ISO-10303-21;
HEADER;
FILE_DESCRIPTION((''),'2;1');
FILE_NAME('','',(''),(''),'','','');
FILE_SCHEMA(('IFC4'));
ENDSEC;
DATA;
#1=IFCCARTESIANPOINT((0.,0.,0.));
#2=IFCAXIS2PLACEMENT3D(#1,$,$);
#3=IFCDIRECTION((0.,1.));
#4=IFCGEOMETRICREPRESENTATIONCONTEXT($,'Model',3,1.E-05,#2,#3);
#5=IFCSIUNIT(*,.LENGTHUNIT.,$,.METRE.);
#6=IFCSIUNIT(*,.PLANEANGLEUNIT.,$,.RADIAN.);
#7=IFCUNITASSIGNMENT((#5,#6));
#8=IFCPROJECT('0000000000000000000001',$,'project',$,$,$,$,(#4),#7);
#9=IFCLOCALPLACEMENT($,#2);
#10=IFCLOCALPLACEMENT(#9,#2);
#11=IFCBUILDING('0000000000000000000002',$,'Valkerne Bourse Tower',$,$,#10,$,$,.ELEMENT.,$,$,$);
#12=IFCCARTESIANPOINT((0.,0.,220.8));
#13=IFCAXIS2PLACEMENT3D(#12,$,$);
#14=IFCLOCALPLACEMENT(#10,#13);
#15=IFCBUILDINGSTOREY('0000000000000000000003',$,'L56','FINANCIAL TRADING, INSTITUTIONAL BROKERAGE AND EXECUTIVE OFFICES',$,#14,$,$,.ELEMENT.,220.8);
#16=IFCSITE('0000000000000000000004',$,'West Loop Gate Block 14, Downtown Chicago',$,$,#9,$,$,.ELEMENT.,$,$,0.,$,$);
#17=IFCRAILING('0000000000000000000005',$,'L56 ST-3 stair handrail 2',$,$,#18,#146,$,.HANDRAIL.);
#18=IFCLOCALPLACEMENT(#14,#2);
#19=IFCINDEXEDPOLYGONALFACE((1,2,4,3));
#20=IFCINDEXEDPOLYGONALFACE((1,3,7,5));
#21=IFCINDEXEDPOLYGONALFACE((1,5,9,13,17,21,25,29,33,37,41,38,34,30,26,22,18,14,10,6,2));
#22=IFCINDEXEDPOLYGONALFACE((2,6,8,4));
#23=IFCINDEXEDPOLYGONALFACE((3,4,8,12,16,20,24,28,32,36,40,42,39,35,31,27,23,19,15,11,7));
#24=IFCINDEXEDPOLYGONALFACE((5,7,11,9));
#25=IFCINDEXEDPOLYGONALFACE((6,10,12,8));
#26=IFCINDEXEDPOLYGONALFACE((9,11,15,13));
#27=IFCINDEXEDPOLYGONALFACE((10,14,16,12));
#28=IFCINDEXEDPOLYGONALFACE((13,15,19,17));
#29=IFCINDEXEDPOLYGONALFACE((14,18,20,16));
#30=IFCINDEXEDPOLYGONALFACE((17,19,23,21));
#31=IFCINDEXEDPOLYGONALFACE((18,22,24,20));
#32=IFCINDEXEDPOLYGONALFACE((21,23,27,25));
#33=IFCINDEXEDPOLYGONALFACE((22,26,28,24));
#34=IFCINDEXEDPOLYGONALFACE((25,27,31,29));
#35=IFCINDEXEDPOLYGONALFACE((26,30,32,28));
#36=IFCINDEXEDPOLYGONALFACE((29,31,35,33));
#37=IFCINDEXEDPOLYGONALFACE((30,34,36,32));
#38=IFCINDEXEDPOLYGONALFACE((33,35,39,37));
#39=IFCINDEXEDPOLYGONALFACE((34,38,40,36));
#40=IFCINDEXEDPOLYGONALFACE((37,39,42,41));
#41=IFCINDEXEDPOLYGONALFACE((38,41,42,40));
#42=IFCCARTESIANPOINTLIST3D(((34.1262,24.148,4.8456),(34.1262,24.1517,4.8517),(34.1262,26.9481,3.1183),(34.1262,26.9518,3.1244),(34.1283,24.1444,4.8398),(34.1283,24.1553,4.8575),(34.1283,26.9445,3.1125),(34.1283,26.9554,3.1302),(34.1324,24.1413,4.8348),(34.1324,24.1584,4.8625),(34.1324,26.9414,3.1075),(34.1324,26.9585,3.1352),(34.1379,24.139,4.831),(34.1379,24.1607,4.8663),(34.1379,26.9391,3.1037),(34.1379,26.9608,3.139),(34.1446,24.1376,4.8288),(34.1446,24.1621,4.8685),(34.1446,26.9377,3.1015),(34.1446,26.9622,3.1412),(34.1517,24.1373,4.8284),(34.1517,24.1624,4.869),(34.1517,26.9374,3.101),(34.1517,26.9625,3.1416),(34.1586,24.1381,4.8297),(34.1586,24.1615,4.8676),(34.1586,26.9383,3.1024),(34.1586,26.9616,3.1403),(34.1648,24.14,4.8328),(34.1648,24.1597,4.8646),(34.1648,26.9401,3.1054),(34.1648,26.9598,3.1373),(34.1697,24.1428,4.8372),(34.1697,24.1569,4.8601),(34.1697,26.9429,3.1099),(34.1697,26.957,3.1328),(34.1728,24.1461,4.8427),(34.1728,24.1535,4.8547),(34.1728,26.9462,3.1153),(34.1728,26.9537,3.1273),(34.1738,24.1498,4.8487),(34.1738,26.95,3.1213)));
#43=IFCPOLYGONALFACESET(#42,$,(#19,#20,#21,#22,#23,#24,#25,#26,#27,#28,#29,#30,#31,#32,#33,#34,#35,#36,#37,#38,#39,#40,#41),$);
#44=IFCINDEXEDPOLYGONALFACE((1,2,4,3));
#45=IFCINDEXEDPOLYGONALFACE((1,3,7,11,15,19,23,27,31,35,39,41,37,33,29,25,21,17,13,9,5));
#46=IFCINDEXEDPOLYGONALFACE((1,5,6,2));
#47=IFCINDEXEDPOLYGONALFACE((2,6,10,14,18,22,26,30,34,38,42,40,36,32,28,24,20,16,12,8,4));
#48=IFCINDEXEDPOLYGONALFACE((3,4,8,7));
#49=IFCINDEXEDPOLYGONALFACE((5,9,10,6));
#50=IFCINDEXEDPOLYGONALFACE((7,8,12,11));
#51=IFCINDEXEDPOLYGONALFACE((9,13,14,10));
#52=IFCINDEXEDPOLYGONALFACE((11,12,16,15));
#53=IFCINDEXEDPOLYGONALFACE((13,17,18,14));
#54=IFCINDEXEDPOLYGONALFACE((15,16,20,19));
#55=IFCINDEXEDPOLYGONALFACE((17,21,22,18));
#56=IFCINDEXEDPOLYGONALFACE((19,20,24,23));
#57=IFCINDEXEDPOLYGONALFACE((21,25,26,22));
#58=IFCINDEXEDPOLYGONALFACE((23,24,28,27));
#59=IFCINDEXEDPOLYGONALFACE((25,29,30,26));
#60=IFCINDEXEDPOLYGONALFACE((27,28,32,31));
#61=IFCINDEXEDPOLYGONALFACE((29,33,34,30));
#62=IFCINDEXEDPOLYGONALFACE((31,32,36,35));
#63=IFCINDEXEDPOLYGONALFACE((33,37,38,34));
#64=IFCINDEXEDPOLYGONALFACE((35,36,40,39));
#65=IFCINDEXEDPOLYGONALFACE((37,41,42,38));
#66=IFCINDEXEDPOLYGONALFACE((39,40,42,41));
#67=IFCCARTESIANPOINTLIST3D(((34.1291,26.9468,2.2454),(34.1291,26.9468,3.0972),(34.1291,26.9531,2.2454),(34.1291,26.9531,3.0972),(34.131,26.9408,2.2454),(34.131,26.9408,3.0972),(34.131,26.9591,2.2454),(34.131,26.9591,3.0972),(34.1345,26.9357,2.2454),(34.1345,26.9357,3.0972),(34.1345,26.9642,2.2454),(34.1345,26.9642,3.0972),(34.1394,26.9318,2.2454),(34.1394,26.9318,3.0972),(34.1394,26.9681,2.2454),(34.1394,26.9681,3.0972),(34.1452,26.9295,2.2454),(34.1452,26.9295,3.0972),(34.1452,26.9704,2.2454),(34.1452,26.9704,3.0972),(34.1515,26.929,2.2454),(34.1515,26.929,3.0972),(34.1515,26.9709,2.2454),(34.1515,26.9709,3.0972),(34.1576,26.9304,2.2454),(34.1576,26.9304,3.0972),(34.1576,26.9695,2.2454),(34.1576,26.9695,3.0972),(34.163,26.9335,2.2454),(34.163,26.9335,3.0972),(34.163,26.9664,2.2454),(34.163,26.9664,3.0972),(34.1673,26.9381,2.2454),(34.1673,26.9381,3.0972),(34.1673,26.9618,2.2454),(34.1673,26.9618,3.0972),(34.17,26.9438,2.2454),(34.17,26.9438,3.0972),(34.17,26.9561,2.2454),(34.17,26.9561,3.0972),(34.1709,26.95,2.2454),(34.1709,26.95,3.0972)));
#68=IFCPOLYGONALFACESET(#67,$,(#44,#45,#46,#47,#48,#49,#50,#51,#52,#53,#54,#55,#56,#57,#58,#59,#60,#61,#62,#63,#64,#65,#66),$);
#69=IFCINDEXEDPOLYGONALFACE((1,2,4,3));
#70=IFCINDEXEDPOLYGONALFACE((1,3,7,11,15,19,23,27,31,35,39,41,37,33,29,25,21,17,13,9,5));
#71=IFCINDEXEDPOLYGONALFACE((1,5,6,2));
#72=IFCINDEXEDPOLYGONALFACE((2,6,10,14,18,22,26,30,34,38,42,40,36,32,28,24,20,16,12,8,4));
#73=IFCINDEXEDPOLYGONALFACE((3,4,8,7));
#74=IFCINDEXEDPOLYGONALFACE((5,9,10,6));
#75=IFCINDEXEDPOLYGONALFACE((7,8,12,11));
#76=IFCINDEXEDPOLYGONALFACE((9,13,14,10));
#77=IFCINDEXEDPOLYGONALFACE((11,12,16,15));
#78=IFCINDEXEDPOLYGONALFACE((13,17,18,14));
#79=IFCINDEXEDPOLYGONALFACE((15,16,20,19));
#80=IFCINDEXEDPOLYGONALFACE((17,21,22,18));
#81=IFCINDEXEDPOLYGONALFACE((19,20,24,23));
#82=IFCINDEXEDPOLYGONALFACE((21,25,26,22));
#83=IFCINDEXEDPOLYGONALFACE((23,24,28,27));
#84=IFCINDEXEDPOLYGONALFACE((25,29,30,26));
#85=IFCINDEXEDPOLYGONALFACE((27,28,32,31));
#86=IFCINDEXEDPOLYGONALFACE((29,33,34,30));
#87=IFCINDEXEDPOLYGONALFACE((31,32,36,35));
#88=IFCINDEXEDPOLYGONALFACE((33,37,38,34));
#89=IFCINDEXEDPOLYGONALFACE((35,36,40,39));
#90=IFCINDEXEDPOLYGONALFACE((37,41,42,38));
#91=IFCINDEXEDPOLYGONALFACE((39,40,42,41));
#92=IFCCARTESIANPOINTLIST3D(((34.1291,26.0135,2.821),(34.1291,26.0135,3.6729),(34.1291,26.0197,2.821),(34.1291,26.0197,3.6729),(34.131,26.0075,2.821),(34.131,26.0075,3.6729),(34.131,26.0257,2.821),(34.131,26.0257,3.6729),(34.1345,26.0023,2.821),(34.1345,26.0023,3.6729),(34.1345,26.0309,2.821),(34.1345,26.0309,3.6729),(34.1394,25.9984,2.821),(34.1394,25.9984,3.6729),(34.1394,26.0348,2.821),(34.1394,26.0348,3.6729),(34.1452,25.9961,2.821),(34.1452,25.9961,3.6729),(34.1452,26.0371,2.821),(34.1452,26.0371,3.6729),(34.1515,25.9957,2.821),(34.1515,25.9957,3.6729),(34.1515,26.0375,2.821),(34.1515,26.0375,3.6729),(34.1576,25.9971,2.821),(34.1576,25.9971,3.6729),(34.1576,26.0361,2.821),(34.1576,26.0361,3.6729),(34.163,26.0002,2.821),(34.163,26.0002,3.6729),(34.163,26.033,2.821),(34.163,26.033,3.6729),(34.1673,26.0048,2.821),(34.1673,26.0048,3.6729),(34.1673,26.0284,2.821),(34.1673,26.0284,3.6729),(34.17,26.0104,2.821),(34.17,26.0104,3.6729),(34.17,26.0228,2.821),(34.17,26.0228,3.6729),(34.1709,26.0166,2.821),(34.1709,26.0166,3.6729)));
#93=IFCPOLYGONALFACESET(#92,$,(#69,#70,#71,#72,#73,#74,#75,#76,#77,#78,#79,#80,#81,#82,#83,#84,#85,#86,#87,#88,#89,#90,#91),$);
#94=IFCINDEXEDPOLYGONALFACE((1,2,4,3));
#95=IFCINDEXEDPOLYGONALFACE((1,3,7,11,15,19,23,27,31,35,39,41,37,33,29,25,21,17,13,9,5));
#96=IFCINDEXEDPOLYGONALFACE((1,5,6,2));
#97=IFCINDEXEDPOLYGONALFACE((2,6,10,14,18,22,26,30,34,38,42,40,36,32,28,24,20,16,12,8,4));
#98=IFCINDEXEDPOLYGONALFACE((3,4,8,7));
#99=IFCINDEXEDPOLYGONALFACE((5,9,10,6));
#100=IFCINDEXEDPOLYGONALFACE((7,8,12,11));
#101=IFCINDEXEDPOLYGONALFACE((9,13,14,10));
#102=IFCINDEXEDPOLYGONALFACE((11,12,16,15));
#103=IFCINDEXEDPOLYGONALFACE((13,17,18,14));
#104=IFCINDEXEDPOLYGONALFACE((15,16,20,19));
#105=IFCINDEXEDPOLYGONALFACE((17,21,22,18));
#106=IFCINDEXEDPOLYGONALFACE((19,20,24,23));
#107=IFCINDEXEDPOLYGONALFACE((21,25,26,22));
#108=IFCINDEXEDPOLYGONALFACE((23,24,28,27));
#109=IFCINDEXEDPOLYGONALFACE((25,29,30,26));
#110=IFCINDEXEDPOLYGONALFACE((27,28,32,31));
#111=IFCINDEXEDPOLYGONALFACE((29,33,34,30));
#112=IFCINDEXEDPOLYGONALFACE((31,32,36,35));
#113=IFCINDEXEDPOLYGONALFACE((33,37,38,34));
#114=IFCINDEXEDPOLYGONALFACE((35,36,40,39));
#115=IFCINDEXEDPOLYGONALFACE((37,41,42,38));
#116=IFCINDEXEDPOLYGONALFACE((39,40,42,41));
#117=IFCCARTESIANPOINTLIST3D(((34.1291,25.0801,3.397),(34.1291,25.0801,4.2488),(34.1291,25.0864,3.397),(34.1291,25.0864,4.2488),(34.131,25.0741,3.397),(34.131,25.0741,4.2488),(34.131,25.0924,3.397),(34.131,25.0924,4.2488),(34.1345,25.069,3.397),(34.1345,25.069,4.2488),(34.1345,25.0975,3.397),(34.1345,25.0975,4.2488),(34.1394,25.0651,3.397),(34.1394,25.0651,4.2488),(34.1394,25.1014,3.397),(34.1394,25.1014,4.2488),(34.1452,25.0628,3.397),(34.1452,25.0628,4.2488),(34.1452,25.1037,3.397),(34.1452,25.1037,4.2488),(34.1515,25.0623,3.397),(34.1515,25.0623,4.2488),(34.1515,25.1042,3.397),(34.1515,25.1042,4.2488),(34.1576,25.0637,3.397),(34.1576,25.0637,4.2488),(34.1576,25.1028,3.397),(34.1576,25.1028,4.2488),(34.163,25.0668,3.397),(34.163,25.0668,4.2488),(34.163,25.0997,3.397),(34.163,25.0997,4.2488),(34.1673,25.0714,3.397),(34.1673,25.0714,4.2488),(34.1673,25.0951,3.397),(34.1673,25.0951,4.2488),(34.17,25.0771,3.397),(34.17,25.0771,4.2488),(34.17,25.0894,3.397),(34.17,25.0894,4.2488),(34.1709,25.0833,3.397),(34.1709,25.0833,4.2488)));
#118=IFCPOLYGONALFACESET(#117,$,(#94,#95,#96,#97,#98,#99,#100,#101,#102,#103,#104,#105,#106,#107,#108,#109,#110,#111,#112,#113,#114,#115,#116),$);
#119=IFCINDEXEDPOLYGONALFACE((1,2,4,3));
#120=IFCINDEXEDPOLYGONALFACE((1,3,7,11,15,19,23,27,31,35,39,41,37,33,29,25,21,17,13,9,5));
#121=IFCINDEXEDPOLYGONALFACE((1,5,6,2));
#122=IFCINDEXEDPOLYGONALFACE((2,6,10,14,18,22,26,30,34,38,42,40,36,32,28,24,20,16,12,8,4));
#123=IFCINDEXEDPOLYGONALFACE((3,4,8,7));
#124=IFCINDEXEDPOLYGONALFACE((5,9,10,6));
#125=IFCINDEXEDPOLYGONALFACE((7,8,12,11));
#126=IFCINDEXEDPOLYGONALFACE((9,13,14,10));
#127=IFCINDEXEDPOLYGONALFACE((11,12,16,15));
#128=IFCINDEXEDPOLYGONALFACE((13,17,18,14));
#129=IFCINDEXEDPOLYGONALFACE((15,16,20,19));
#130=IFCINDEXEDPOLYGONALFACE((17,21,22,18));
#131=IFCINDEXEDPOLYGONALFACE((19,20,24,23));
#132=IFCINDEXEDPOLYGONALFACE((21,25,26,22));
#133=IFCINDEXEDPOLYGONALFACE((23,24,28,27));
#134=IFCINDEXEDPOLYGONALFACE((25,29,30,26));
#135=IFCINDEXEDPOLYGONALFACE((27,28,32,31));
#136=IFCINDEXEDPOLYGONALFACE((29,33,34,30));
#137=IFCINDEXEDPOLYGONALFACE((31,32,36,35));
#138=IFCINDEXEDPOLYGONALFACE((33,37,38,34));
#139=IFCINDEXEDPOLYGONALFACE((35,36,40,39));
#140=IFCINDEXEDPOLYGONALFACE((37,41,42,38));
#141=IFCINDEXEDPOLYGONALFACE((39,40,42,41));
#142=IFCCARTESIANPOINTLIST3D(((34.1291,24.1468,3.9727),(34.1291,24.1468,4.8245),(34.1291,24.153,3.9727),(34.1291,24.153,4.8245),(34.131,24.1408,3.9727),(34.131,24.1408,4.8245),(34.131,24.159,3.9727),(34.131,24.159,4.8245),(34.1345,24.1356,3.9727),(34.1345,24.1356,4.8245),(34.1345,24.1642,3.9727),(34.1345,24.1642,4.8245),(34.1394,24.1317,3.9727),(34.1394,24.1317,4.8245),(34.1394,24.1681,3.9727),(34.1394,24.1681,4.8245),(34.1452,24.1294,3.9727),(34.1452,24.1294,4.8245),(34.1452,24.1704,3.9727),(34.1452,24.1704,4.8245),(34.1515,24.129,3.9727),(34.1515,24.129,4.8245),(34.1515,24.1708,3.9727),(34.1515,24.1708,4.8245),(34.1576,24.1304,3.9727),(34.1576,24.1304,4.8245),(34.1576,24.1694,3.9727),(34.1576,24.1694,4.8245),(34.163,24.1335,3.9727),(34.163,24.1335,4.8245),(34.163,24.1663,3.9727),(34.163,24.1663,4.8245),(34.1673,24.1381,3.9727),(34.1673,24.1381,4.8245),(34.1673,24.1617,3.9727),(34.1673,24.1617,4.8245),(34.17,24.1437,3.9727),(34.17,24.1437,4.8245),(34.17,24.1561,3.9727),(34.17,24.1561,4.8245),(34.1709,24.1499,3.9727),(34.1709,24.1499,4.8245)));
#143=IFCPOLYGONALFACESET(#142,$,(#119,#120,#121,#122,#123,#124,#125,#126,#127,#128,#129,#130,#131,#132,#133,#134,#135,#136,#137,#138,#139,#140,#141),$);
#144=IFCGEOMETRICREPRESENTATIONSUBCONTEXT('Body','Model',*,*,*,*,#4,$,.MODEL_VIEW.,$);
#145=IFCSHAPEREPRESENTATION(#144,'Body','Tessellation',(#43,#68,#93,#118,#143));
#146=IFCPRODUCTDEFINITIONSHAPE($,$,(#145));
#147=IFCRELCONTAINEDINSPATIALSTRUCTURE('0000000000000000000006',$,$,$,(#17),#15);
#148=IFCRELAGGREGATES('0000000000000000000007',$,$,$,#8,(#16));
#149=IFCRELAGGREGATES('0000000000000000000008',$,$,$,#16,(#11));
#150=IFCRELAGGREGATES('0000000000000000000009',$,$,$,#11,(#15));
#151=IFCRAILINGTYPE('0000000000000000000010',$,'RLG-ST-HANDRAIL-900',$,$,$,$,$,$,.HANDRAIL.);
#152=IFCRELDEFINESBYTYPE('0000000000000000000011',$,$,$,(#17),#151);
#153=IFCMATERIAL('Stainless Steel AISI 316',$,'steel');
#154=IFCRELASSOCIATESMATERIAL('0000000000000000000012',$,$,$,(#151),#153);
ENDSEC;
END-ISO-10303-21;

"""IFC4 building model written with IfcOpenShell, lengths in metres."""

from ifc_helpers import new_model, si_unit, direction, frame, origin, origin_2d, place, context, subcontext, project, spatial, circle, extrude, material, type_object, element, save


model = new_model("IFC4")

# Units and contexts
model_context = context("Model", 3, precision=1e-05, world=origin(), true_north=direction((0.0, 1.0)))
body_context = subcontext(model_context, "Body", "Model", "MODEL_VIEW")
ifc_project = project(units=[si_unit("LENGTHUNIT", "METRE"), si_unit("PLANEANGLEUNIT", "RADIAN")], contexts=[model_context])

# Site, building, storey
site_placement = place(None, origin())
site = spatial("IfcSite", under=ifc_project, at=site_placement, Name="West Loop Gate Block 14, Downtown Chicago", CompositionType="ELEMENT", RefElevation=0.0)
building_placement = place(site_placement, origin())
building = spatial("IfcBuilding", under=site, at=building_placement, Name="Valkerne Bourse Tower", CompositionType="ELEMENT")
storey_placement = place(building_placement, frame((0.0, 0.0, 220.8)))
storey = spatial("IfcBuildingStorey", under=building, at=storey_placement, Name="L56", Description="FINANCIAL TRADING, INSTITUTIONAL BROKERAGE AND EXECUTIVE OFFICES", CompositionType="ELEMENT", Elevation=220.8)

# Railing
ifc_material_1 = material(Name="Stainless Steel AISI 316", Category="steel")
railing_type_1 = type_object("IfcRailingType", Name="RLG-ST-HANDRAIL-900", PredefinedType="HANDRAIL", material=ifc_material_1)
railing_1_placement = place(storey_placement, frame((34.1499, 26.95, 2.2454)))
element("IfcRailing", 1, at=railing_1_placement, inside=storey, type_object=railing_type_1, Name="L56 ST-3 stair handrail 2", PredefinedType="HANDRAIL", context=body_context, shape_type="SweptSolid", body=[
    extrude(circle(Radius=0.0239, at=origin_2d()), frame((0.0, 0.0, 0.876), z_axis=(0.0, -0.85109, 0.52502), x_axis=(1.0, 0.0, 0.0)), (0.0, 0.0, 1.0), 3.29),
    extrude(circle(Radius=0.021, at=origin_2d()), origin(), (0.0, 0.0, 1.0), 0.8518),
    extrude(circle(Radius=0.021, at=origin_2d()), frame((0.0, -0.9333, 0.5757)), (0.0, 0.0, 1.0), 0.8518),
    extrude(circle(Radius=0.021, at=origin_2d()), frame((0.0, -1.8667, 1.1516)), (0.0, 0.0, 1.0), 0.8518),
    extrude(circle(Radius=0.021, at=origin_2d()), frame((0.0, -2.8, 1.7273)), (0.0, 0.0, 1.0), 0.8518),
])

save(model, "model.ifc")
